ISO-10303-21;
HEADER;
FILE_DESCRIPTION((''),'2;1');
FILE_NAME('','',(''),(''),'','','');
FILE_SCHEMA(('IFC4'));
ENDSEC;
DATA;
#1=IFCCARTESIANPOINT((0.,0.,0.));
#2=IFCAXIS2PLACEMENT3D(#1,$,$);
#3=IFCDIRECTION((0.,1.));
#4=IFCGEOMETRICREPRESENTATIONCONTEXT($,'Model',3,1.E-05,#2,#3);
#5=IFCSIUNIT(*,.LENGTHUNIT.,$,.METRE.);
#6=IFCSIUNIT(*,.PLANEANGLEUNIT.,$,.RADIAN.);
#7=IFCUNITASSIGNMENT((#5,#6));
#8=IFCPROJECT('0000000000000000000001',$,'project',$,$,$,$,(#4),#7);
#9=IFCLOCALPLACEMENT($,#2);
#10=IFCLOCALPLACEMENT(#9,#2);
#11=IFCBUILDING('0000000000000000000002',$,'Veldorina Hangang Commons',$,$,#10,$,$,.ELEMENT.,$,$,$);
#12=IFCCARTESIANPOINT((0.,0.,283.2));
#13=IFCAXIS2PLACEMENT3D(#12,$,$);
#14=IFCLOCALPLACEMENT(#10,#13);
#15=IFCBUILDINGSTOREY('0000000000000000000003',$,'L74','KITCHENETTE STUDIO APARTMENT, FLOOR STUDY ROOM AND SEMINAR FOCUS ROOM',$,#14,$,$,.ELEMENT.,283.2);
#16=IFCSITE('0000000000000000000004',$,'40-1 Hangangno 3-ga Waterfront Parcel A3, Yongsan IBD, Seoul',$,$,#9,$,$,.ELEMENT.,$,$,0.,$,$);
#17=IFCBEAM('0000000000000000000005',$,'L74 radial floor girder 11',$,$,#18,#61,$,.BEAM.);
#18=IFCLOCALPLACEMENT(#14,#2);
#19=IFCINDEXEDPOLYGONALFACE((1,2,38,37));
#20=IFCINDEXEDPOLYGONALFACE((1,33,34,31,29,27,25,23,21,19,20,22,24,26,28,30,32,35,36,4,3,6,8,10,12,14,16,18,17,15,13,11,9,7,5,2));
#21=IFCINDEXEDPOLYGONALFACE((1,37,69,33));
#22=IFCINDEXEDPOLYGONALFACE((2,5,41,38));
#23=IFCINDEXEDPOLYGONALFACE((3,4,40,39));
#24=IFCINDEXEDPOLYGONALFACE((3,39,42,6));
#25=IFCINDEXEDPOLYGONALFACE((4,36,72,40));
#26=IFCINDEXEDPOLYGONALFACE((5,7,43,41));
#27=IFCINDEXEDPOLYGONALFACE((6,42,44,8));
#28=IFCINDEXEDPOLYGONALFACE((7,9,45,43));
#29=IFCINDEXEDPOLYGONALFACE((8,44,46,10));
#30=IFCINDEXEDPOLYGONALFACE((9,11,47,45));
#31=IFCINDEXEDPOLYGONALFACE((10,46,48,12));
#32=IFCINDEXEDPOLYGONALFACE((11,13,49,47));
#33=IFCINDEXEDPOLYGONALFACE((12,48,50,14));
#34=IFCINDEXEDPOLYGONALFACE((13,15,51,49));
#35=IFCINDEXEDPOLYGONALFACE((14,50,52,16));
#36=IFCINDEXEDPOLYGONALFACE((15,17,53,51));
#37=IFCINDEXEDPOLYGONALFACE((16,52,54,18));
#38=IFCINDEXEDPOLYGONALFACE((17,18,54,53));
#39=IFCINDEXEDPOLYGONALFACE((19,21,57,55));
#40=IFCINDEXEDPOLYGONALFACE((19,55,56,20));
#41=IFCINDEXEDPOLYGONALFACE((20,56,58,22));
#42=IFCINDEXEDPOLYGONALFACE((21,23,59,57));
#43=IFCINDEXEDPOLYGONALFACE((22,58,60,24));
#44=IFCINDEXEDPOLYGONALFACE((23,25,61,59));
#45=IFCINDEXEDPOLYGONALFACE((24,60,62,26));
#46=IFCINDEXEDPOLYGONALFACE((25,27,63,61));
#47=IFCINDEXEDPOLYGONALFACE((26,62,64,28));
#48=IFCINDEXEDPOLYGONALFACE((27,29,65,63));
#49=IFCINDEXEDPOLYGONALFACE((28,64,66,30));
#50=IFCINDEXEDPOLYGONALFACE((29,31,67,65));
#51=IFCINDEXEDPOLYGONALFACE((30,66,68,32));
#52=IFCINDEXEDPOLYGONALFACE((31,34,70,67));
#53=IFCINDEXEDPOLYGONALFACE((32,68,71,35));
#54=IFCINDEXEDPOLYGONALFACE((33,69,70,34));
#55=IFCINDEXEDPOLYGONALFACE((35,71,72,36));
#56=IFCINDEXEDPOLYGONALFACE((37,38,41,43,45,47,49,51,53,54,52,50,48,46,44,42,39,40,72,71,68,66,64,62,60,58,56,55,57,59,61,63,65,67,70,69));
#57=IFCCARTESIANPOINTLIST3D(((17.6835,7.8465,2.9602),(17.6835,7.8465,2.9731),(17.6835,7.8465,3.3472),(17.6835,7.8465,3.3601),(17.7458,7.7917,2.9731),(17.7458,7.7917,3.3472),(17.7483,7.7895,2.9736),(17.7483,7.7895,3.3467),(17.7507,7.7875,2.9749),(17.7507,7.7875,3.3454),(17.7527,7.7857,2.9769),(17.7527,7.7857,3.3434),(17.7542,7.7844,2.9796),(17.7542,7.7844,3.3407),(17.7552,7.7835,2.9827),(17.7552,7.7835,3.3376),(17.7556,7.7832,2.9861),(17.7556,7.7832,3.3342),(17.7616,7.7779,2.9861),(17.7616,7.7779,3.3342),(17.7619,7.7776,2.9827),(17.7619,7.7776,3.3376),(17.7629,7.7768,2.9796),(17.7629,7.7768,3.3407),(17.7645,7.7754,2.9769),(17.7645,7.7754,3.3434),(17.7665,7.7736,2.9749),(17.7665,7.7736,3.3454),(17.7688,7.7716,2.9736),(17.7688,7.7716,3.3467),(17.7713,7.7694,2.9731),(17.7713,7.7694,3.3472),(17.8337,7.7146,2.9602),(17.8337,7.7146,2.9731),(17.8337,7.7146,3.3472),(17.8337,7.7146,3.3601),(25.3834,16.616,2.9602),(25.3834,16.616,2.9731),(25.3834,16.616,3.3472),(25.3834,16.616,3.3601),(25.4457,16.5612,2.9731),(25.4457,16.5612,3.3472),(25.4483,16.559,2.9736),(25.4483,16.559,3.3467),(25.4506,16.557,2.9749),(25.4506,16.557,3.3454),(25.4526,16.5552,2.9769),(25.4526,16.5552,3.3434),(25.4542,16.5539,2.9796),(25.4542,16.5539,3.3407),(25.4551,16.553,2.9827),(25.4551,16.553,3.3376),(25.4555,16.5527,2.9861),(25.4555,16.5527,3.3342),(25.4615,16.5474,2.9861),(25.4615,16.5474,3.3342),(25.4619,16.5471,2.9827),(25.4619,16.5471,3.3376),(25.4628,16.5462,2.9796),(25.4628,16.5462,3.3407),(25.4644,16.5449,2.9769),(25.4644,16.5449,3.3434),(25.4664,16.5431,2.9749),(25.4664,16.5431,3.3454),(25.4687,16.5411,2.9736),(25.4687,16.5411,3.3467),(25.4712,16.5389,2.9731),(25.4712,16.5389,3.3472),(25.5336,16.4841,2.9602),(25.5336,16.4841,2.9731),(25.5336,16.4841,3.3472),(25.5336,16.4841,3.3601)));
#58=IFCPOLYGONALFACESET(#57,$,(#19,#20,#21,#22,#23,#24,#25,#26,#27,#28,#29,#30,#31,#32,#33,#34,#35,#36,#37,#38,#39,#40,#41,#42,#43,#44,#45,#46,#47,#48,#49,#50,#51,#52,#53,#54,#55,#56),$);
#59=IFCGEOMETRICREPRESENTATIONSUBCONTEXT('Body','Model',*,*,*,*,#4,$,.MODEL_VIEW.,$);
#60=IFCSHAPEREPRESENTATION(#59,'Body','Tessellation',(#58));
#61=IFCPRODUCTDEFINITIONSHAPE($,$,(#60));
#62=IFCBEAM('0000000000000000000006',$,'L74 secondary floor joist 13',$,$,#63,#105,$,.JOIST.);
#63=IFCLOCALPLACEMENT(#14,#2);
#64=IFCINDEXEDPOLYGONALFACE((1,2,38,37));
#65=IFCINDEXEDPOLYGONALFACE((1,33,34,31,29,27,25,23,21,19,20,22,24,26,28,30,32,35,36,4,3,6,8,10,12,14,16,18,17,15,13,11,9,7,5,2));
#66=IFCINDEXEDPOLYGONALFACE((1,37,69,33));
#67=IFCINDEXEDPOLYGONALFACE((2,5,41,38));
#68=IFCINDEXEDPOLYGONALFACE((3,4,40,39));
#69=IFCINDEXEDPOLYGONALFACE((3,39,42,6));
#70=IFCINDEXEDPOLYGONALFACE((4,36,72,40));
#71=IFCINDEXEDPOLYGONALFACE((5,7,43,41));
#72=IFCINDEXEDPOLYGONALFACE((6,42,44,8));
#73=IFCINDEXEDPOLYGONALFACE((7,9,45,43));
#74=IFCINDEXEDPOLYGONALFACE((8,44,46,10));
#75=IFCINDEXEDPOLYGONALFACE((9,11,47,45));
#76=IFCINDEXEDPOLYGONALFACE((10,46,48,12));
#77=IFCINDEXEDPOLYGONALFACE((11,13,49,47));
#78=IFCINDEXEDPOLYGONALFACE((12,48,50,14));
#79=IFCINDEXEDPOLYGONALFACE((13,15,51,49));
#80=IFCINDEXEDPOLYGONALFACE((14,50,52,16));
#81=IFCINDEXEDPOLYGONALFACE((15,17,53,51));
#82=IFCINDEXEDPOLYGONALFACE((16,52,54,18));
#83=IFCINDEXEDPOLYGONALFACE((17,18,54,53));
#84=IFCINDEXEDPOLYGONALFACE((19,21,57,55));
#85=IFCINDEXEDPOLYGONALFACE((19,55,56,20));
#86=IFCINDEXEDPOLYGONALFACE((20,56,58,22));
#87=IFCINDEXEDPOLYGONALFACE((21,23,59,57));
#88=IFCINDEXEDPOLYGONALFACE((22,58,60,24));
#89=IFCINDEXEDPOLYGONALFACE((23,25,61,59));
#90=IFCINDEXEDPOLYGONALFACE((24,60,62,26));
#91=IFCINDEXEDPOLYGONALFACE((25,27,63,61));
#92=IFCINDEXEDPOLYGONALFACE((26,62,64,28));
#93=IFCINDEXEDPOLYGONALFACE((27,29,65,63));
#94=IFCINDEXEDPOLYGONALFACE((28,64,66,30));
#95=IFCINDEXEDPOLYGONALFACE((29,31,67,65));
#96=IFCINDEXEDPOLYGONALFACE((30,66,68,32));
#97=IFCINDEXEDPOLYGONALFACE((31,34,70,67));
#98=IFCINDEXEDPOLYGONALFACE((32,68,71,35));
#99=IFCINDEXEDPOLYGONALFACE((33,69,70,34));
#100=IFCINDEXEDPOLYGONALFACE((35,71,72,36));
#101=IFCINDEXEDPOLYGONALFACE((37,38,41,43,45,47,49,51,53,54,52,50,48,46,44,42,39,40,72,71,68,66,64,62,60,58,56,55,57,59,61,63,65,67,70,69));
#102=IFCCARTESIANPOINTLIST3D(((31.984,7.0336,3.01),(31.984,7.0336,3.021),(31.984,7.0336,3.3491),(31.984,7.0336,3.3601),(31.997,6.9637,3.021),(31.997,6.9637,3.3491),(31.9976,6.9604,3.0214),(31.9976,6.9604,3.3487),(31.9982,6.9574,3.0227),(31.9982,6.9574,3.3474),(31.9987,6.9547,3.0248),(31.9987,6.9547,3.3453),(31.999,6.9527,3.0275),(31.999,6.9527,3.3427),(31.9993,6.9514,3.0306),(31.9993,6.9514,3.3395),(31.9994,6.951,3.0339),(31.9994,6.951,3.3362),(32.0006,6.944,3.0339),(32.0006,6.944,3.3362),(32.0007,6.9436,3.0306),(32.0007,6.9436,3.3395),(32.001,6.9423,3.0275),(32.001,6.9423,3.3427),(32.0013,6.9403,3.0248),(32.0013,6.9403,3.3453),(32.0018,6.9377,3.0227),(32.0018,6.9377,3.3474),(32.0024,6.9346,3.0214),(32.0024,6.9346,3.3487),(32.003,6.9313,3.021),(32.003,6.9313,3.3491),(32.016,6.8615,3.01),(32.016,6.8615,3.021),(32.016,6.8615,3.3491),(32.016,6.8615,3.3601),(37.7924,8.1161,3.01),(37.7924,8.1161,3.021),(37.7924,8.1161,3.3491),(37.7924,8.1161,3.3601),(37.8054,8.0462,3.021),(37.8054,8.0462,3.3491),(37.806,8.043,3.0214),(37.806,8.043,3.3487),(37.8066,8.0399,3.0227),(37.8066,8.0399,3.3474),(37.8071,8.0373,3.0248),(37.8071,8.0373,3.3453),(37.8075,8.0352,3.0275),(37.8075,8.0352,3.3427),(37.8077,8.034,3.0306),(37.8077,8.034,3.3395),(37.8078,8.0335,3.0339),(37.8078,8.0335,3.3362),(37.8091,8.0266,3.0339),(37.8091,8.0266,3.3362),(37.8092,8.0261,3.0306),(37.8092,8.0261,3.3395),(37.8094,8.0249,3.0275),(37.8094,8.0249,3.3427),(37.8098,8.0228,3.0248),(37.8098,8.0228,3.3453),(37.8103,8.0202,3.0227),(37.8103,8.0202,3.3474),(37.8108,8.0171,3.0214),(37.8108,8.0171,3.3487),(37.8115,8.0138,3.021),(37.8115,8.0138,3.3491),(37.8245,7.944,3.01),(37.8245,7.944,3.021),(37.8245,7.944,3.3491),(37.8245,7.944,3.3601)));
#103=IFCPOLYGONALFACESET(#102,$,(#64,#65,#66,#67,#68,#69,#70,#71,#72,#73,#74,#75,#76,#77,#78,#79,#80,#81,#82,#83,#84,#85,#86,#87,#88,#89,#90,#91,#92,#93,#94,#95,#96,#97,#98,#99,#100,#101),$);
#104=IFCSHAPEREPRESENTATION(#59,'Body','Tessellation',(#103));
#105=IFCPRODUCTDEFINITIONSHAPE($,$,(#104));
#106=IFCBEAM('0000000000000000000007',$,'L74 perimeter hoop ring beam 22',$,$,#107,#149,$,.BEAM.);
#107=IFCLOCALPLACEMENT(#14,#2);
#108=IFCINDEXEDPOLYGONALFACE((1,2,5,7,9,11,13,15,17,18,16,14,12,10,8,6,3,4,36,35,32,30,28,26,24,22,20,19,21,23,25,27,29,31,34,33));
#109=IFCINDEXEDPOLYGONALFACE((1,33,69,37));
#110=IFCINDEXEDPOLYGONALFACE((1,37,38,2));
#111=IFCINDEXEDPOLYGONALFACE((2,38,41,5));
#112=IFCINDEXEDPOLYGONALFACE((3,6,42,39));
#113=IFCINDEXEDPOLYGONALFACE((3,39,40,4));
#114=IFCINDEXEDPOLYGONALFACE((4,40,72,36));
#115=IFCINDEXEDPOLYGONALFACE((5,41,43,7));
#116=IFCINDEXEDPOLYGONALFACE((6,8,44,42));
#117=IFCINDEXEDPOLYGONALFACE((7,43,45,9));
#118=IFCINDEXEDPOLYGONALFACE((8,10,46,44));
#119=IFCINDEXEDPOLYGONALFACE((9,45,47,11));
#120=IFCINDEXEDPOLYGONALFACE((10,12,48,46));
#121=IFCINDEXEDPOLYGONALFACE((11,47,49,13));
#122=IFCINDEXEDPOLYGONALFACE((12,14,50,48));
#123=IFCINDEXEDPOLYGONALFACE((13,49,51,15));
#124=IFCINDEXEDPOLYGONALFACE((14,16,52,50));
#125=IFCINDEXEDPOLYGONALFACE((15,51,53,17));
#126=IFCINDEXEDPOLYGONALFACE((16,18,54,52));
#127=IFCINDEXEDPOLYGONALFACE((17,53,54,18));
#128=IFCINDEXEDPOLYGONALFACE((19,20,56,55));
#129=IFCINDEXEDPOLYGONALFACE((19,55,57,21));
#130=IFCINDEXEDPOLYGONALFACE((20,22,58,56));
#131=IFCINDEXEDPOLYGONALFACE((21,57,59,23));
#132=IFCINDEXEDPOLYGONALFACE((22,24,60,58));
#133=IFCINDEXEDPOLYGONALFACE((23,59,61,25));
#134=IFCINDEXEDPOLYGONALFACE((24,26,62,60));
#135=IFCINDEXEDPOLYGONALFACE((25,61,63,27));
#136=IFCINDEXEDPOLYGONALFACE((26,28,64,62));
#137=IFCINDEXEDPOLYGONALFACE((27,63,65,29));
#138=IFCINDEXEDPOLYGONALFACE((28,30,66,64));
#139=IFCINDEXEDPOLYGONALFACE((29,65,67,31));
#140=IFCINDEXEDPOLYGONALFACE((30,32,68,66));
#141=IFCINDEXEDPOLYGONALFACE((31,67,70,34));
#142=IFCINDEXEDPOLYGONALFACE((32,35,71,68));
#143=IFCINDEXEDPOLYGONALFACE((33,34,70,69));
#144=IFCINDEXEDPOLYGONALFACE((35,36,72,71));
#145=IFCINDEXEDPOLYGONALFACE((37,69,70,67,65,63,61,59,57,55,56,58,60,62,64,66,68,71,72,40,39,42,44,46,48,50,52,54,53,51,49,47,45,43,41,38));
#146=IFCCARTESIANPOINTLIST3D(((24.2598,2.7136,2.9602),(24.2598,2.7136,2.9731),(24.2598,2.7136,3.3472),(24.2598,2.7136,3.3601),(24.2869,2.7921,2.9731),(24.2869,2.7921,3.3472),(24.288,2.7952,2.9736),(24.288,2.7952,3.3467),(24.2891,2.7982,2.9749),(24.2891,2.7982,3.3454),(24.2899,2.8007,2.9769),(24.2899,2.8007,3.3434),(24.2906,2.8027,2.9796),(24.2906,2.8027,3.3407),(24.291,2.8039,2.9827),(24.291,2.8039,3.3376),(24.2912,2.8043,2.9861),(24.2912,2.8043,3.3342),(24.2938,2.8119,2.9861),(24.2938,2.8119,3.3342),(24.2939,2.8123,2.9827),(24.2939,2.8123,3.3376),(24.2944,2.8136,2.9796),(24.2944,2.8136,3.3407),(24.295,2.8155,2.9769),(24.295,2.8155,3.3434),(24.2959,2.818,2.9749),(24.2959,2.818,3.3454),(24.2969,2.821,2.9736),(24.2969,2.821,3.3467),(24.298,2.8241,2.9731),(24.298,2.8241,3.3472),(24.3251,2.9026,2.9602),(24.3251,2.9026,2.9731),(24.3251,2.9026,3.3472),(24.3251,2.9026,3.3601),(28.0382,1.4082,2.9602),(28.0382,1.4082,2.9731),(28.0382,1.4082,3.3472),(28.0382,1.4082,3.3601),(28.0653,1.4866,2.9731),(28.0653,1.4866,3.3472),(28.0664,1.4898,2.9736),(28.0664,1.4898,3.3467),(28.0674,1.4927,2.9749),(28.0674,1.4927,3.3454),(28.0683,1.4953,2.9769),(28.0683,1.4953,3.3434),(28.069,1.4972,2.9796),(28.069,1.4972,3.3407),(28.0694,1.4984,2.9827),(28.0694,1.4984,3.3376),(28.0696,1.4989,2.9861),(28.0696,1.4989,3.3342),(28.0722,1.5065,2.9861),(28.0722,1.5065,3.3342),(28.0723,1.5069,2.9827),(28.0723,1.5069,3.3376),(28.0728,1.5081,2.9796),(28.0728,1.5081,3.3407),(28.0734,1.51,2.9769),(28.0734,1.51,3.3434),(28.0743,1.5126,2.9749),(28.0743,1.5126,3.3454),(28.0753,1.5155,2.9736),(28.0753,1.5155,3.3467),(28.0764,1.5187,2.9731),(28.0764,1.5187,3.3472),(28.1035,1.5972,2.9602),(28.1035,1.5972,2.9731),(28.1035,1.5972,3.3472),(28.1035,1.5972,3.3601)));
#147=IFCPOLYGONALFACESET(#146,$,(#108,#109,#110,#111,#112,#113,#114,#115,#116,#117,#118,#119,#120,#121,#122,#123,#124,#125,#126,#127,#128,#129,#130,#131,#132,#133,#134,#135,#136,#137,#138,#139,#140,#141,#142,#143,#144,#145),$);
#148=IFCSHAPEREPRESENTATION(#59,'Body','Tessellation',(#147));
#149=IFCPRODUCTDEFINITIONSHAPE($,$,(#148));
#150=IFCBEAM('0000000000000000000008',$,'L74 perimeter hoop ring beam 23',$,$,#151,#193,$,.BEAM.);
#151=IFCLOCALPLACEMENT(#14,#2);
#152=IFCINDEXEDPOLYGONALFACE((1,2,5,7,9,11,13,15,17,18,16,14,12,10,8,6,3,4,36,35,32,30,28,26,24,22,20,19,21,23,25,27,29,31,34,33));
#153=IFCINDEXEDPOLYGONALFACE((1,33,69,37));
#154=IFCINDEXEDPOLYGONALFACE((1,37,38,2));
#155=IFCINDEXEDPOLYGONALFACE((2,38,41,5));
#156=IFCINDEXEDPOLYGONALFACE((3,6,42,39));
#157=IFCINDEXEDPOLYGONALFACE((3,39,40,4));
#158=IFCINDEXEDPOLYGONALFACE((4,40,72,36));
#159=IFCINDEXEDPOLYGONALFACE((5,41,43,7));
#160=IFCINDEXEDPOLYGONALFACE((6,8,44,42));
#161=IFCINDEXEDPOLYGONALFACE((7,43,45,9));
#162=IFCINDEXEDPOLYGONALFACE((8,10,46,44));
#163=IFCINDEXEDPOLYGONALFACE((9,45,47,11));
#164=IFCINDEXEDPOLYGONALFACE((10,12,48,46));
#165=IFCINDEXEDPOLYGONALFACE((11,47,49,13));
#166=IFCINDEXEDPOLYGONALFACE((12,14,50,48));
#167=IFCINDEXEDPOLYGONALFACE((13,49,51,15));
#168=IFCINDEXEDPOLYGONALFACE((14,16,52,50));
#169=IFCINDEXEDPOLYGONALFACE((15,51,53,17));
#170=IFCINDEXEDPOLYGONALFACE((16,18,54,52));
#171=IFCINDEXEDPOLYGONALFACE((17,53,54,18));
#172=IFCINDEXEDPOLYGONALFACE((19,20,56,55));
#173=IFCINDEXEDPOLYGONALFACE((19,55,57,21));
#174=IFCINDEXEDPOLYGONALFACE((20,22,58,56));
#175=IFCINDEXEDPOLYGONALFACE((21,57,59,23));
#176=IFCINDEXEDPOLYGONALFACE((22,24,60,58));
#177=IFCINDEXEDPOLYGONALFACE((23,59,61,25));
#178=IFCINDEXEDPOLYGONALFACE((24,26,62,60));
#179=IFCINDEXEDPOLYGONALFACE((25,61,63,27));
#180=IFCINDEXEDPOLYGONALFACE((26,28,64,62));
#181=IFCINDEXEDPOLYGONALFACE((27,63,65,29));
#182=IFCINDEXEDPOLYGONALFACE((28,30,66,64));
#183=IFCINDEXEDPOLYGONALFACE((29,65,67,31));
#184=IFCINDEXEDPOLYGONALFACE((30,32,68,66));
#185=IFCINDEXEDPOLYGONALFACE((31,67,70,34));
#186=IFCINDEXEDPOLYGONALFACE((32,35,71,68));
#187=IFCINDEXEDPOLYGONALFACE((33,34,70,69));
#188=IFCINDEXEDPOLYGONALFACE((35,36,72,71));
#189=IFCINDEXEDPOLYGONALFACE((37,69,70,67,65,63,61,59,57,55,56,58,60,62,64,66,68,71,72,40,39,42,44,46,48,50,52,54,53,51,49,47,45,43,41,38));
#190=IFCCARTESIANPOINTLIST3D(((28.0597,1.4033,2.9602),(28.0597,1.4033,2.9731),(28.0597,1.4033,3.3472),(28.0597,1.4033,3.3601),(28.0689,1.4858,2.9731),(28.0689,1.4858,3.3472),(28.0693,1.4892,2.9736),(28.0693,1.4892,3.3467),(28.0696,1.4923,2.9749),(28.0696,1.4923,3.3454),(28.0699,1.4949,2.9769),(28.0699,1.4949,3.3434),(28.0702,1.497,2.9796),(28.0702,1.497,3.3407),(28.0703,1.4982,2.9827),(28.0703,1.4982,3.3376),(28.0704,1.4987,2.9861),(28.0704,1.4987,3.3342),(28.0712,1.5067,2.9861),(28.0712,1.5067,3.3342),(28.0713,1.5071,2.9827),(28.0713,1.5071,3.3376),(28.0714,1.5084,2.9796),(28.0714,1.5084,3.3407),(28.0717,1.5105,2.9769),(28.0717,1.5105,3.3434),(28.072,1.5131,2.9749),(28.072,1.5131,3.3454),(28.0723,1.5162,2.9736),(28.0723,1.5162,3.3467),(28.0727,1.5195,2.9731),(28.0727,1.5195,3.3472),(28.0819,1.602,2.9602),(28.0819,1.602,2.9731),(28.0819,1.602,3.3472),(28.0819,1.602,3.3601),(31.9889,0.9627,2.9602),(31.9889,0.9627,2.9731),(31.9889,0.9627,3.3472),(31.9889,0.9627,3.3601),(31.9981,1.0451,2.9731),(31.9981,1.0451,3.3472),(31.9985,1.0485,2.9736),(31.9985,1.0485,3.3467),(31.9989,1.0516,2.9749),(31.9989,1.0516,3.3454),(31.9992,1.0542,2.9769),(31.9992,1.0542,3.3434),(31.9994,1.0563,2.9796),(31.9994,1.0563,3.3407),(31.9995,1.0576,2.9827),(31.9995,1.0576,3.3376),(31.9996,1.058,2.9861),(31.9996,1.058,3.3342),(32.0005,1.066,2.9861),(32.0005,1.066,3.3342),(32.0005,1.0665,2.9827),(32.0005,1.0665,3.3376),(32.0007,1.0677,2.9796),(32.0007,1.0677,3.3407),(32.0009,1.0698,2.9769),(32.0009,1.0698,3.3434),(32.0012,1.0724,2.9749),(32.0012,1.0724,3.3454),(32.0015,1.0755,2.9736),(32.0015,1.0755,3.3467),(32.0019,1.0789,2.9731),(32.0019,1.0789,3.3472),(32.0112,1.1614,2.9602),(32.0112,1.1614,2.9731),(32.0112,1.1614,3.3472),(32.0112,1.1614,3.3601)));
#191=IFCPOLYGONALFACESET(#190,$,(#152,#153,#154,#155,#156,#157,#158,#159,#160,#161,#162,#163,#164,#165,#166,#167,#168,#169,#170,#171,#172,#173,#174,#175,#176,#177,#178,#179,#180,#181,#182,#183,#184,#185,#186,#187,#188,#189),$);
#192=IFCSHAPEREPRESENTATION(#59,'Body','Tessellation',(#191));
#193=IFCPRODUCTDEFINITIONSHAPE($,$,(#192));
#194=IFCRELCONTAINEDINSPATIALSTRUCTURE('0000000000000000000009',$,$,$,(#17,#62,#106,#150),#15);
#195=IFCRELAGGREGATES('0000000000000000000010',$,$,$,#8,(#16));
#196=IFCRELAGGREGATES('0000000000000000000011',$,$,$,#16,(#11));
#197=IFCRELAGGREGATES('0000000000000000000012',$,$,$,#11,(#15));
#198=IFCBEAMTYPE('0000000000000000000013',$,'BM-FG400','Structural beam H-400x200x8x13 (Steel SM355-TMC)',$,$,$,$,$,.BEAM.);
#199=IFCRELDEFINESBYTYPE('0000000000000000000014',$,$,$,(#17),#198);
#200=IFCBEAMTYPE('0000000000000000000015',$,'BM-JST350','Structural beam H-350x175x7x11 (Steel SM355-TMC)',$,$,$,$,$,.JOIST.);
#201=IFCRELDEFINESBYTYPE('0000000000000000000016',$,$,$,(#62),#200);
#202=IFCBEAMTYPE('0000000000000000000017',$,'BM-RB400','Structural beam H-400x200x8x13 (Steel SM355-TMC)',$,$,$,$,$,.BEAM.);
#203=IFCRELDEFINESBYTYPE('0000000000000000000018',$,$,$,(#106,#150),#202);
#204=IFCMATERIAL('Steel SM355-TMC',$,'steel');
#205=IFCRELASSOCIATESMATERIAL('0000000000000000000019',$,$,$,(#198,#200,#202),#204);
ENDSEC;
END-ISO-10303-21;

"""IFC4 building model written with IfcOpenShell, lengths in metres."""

from ifc_helpers import new_model, si_unit, direction, frame, origin, origin_2d, place, context, subcontext, project, spatial, i_section, extrude, material, material_profile, profile_set, type_object, element, save


model = new_model("IFC4")

# Units and contexts
model_context = context("Model", 3, precision=1e-05, world=origin(), true_north=direction((0.0, 1.0)))
body_context = subcontext(model_context, "Body", "Model", "MODEL_VIEW")
ifc_project = project(units=[si_unit("LENGTHUNIT", "METRE"), si_unit("PLANEANGLEUNIT", "RADIAN")], contexts=[model_context])

# Site, building, storey
site_placement = place(None, origin())
site = spatial("IfcSite", under=ifc_project, at=site_placement, Name="40-1 Hangangno 3-ga Waterfront Parcel A3, Yongsan IBD, Seoul", CompositionType="ELEMENT", RefElevation=0.0)
building_placement = place(site_placement, origin())
building = spatial("IfcBuilding", under=site, at=building_placement, Name="Veldorina Hangang Commons", CompositionType="ELEMENT")
storey_placement = place(building_placement, frame((0.0, 0.0, 283.2)))
storey = spatial("IfcBuildingStorey", under=building, at=storey_placement, Name="L74", Description="KITCHENETTE STUDIO APARTMENT, FLOOR STUDY ROOM AND SEMINAR FOCUS ROOM", CompositionType="ELEMENT", Elevation=283.2)

# Beams
ifc_material_1 = material(Name="Steel SM355-TMC", Category="steel")
ifc_material_profile_1 = material_profile(ifc_material_1, i_section(OverallWidth=0.2, OverallDepth=0.3999, WebThickness=0.0081, FlangeThickness=0.0129, FilletRadius=0.0129, at=origin_2d()), Name="H-400x200x8x13")
ifc_profile_set_1 = profile_set([ifc_material_profile_1], Name="Steel SM355-TMC")
beam_type_1 = type_object("IfcBeamType", Name="BM-FG400", Description="Structural beam H-400x200x8x13 (Steel SM355-TMC)", PredefinedType="BEAM", material=ifc_profile_set_1)
beam_1_placement = place(storey_placement, frame((25.4585, 16.55, 3.1602), z_axis=(-0.659795, -0.751446, 0.0), x_axis=(0.751446, -0.659795, 0.0)))
element("IfcBeam", 1, at=beam_1_placement, inside=storey, type_object=beam_type_1, Name="L74 radial floor girder 11", PredefinedType="BEAM", context=body_context, shape_type="SweptSolid", body=[
    extrude(i_section(OverallWidth=0.2, OverallDepth=0.3999, WebThickness=0.0081, FlangeThickness=0.0129, FilletRadius=0.0129, at=origin_2d()), origin(), (0.0, 0.0, 1.0), 11.6702),
])
ifc_material_profile_2 = material_profile(ifc_material_1, i_section(OverallWidth=0.175, OverallDepth=0.3501, WebThickness=0.0071, FlangeThickness=0.011, FilletRadius=0.0129, at=origin_2d()), Name="H-350x175x7x11")
ifc_profile_set_2 = profile_set([ifc_material_profile_2], Name="Steel SM355-TMC")
beam_type_2 = type_object("IfcBeamType", Name="BM-JST350", Description="Structural beam H-350x175x7x11 (Steel SM355-TMC)", PredefinedType="JOIST", material=ifc_profile_set_2)
beam_2_placement = place(storey_placement, frame((32.0, 6.9475, 3.1851), z_axis=(0.983072, 0.183218, 0.0), x_axis=(-0.183218, 0.983072, 0.0)))
element("IfcBeam", 2, at=beam_2_placement, inside=storey, type_object=beam_type_2, Name="L74 secondary floor joist 13", PredefinedType="JOIST", context=body_context, shape_type="SweptSolid", body=[
    extrude(i_section(OverallWidth=0.175, OverallDepth=0.3501, WebThickness=0.0071, FlangeThickness=0.011, FilletRadius=0.0129, at=origin_2d()), origin(), (0.0, 0.0, 1.0), 5.9084),
])
ifc_material_profile_3 = material_profile(ifc_material_1, i_section(OverallWidth=0.2, OverallDepth=0.3999, WebThickness=0.0081, FlangeThickness=0.0129, FilletRadius=0.0129, at=origin_2d()), Name="H-400x200x8x13")
ifc_profile_set_3 = profile_set([ifc_material_profile_3], Name="Steel SM355-TMC")
beam_type_3 = type_object("IfcBeamType", Name="BM-RB400", Description="Structural beam H-400x200x8x13 (Steel SM355-TMC)", PredefinedType="BEAM", material=ifc_profile_set_3)
beam_3_placement = place(storey_placement, frame((24.2925, 2.8081, 3.1602), z_axis=(0.945176, -0.326561, 0.0), x_axis=(0.326561, 0.945176, 0.0)))
element("IfcBeam", 3, at=beam_3_placement, inside=storey, type_object=beam_type_3, Name="L74 perimeter hoop ring beam 22", PredefinedType="BEAM", context=body_context, shape_type="SweptSolid", body=[
    extrude(i_section(OverallWidth=0.2, OverallDepth=0.3999, WebThickness=0.0081, FlangeThickness=0.0129, FilletRadius=0.0129, at=origin_2d()), origin(), (0.0, 0.0, 1.0), 3.9976),
])
for number, where, z_axis, x_axis, name in (
    (4, (28.0708, 1.5027, 3.1602), (0.99377, -0.111455, 0.0), (0.111455, 0.99377, 0.0), "L74 perimeter hoop ring beam 23"),
):
    element("IfcBeam", number, at=place(storey_placement, frame(where, z_axis=z_axis, x_axis=x_axis)), inside=storey, type_object=beam_type_3, Name=name, PredefinedType="BEAM", context=body_context, shape_type="SweptSolid", body=[
        extrude(i_section(OverallWidth=0.2, OverallDepth=0.3999, WebThickness=0.0081, FlangeThickness=0.0129, FilletRadius=0.0129, at=origin_2d()), origin(), (0.0, 0.0, 1.0), 3.9539),
    ])

save(model, "model.ifc")
